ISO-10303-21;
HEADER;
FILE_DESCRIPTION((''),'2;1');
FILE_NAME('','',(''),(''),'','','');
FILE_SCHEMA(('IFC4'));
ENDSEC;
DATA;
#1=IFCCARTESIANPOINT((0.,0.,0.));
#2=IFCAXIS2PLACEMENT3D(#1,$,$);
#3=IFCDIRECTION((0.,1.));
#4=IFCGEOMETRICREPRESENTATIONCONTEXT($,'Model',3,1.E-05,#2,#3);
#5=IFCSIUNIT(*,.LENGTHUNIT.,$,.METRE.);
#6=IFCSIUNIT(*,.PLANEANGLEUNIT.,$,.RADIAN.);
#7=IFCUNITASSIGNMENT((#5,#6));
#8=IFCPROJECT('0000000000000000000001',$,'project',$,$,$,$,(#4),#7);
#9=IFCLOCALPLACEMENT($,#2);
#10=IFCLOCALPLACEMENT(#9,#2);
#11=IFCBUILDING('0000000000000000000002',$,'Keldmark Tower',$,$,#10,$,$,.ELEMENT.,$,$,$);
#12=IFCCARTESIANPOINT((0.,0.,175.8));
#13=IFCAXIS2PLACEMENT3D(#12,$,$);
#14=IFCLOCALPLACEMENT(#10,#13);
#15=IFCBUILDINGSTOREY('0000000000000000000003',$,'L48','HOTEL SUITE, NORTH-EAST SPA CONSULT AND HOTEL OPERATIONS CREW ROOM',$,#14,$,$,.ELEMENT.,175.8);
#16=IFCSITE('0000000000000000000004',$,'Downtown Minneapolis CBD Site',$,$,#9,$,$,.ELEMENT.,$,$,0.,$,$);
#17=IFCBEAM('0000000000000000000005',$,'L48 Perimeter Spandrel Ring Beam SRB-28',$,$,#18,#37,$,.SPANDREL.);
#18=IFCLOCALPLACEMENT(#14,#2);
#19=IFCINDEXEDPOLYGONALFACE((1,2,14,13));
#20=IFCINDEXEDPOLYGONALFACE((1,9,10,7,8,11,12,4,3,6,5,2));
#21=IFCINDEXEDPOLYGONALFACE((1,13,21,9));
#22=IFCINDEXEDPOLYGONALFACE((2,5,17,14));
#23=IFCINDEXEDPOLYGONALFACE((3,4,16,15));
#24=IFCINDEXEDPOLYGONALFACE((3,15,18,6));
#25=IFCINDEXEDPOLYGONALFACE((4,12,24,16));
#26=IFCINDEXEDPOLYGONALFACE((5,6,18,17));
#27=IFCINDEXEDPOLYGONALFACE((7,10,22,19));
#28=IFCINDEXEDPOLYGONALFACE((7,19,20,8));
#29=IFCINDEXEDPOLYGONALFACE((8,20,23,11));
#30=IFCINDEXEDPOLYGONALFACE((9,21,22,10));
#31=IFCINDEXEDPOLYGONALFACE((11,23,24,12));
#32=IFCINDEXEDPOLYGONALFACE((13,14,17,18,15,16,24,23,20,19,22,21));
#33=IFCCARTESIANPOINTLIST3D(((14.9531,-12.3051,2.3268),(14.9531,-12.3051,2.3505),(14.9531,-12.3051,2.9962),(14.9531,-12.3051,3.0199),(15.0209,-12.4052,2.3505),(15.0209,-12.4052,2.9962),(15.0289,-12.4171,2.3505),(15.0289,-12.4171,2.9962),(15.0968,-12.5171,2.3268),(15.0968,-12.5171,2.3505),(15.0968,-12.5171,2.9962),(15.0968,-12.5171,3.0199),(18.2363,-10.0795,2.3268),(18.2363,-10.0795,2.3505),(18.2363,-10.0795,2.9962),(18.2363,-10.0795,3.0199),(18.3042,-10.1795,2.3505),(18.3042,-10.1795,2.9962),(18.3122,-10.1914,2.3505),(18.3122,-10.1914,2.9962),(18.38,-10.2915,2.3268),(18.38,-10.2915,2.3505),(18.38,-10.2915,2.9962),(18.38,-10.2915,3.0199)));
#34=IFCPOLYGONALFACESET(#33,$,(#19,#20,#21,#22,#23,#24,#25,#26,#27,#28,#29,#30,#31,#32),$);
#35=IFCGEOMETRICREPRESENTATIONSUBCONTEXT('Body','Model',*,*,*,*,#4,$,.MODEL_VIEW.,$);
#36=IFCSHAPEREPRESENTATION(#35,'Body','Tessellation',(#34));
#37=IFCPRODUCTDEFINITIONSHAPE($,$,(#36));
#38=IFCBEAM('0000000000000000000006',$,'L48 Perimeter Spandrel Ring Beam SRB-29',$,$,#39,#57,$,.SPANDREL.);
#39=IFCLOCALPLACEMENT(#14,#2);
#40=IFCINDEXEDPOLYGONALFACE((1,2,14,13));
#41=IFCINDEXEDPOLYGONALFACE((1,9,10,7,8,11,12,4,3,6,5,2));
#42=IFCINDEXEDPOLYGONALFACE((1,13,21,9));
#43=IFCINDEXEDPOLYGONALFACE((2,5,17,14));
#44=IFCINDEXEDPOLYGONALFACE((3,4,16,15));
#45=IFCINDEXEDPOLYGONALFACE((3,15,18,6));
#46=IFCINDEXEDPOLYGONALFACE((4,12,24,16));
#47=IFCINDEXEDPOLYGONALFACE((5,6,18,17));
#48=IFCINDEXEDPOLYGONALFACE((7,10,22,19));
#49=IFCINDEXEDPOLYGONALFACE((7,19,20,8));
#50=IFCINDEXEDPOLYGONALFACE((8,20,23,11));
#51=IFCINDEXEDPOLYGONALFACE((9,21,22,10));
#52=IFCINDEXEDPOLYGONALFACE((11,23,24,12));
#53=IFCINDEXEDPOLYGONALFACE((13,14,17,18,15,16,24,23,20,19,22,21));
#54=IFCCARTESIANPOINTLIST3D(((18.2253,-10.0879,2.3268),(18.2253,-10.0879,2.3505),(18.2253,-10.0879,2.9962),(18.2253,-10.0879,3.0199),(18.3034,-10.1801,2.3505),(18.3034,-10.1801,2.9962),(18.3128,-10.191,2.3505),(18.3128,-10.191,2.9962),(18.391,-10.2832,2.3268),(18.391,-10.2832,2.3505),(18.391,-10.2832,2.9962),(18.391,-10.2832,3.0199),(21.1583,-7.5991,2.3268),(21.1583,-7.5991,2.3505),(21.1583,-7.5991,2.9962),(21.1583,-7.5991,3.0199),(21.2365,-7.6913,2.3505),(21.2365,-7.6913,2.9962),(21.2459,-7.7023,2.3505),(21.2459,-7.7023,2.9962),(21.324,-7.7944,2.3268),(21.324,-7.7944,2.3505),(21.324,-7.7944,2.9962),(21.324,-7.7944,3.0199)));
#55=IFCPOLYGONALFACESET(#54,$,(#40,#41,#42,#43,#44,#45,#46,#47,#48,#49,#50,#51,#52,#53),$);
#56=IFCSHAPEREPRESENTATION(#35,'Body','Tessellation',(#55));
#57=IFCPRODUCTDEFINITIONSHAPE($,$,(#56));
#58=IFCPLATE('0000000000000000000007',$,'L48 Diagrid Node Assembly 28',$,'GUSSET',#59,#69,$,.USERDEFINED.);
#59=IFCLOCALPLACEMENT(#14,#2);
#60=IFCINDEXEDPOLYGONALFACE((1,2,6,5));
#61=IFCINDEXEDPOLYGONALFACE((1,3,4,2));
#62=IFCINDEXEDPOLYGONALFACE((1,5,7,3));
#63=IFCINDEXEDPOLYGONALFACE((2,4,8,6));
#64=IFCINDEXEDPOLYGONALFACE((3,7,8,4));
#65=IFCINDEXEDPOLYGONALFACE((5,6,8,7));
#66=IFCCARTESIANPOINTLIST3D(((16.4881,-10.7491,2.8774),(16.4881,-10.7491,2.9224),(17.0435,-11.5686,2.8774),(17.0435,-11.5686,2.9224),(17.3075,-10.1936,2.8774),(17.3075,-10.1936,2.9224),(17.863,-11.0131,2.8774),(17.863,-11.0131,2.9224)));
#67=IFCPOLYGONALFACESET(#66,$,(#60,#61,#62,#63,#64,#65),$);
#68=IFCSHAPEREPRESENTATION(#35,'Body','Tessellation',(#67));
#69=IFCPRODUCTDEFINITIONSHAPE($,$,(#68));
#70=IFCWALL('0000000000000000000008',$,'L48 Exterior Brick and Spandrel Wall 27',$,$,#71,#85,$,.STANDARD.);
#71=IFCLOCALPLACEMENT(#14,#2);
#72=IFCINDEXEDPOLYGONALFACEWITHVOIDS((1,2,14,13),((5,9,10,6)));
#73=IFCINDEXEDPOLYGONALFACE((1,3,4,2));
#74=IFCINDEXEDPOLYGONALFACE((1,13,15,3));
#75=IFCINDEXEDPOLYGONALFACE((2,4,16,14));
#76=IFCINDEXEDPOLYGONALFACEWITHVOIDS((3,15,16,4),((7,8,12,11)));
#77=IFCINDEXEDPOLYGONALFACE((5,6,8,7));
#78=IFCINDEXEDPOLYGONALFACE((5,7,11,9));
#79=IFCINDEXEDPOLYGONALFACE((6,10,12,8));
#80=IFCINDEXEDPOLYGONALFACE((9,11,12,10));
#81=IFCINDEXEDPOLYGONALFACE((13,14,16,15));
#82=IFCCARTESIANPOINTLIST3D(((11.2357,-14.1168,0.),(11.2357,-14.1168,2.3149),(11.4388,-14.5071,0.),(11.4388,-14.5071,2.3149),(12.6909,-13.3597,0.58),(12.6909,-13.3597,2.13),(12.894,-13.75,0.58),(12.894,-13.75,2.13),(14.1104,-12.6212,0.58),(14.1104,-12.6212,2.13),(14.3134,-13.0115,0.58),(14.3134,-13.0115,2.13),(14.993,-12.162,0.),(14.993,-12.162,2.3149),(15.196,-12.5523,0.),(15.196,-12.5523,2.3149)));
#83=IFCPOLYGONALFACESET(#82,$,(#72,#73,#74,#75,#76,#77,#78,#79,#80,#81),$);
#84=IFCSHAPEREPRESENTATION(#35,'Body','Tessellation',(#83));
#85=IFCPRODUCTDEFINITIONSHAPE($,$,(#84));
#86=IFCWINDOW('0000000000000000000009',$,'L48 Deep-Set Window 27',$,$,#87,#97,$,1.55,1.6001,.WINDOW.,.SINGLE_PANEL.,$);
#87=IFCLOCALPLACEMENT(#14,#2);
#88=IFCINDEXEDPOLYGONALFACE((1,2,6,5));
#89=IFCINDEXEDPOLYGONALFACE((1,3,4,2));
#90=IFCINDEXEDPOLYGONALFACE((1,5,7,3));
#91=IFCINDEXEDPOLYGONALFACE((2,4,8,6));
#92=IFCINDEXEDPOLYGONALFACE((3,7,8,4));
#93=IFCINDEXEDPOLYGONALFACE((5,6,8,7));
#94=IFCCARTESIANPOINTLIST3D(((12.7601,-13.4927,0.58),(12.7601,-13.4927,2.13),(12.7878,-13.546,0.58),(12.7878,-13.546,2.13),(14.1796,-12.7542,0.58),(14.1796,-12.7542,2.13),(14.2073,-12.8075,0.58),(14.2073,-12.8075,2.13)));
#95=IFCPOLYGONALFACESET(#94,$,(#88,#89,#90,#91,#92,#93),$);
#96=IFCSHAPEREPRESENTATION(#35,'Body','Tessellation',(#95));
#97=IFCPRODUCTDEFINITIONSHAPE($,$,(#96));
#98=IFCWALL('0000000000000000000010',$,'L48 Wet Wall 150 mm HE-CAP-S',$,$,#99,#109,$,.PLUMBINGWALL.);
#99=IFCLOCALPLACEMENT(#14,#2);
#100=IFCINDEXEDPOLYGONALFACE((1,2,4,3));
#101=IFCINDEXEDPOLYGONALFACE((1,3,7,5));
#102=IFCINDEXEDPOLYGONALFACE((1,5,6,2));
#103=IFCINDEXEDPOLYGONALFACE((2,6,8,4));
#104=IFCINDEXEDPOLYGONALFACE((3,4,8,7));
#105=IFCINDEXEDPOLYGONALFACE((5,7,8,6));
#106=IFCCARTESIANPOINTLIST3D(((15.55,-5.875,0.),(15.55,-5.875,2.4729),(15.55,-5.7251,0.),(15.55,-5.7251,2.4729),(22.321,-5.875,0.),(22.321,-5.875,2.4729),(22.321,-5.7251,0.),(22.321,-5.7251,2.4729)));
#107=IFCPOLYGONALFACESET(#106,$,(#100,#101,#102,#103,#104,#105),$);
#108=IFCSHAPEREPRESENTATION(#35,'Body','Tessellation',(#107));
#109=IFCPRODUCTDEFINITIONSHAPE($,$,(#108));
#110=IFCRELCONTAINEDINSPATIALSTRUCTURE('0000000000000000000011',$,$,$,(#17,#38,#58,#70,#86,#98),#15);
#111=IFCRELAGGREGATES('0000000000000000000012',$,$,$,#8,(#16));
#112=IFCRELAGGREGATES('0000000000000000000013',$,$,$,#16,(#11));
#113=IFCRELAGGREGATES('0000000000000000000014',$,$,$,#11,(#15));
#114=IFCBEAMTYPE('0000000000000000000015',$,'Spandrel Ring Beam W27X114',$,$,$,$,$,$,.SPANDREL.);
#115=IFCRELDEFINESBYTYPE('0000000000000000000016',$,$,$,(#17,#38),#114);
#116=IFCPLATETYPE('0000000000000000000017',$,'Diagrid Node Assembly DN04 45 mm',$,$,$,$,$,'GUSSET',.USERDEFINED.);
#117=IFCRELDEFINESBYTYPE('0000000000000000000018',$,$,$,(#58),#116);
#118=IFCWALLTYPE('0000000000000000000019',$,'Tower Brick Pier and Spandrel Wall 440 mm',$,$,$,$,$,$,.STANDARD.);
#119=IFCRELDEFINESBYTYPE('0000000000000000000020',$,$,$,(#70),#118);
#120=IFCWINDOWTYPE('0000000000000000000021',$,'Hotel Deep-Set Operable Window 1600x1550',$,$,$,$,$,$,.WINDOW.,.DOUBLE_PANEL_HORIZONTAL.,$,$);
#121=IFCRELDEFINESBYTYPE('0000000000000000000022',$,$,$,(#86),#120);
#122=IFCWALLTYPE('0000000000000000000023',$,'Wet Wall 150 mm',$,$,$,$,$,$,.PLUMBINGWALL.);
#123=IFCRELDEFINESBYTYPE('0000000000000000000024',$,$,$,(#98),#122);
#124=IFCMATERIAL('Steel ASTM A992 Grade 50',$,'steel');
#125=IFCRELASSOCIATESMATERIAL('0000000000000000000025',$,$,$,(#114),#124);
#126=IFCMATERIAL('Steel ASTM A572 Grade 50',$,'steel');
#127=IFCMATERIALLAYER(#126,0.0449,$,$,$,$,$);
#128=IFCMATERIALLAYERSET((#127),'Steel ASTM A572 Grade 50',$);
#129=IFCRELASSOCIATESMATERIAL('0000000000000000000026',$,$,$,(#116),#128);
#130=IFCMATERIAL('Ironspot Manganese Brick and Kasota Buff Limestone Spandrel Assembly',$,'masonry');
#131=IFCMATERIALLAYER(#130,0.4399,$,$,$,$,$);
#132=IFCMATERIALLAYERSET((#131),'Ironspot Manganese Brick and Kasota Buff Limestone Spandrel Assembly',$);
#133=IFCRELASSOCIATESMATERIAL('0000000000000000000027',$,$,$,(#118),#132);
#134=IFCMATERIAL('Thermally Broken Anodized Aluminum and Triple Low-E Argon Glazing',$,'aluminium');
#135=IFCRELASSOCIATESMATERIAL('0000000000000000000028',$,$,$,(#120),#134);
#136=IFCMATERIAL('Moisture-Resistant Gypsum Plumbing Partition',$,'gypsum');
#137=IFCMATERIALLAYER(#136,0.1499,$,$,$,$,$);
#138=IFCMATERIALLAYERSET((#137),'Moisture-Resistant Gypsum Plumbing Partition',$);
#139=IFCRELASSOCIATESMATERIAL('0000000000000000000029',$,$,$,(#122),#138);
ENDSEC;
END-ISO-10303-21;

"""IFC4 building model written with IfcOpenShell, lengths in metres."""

from ifc_helpers import new_model, si_unit, direction, frame, frame_2d, origin, origin_2d, place, context, subcontext, project, spatial, rectangle, i_section, extrude, material, layer, layer_set, material_profile, profile_set, type_object, element, fill, save


model = new_model("IFC4")

# Units and contexts
model_context = context("Model", 3, precision=1e-05, world=origin(), true_north=direction((0.0, 1.0)))
body_context = subcontext(model_context, "Body", "Model", "MODEL_VIEW")
ifc_project = project(units=[si_unit("LENGTHUNIT", "METRE"), si_unit("PLANEANGLEUNIT", "RADIAN")], contexts=[model_context])

# Site, building, storey
site_placement = place(None, origin())
site = spatial("IfcSite", under=ifc_project, at=site_placement, Name="Downtown Minneapolis CBD Site", CompositionType="ELEMENT", RefElevation=0.0)
building_placement = place(site_placement, origin())
building = spatial("IfcBuilding", under=site, at=building_placement, Name="Keldmark Tower", CompositionType="ELEMENT")
storey_placement = place(building_placement, frame((0.0, 0.0, 175.8)))
storey = spatial("IfcBuildingStorey", under=building, at=storey_placement, Name="L48", Description="HOTEL SUITE, NORTH-EAST SPA CONSULT AND HOTEL OPERATIONS CREW ROOM", CompositionType="ELEMENT", Elevation=175.8)

# Beams
ifc_material_1 = material(Name="Steel ASTM A992 Grade 50", Category="steel")
ifc_material_profile_1 = material_profile(ifc_material_1, i_section(OverallWidth=0.2561, OverallDepth=0.6931, WebThickness=0.0144, FlangeThickness=0.0237, at=origin_2d()), Name="W27X114")
ifc_profile_set_1 = profile_set([ifc_material_profile_1], Name="Steel ASTM A992 Grade 50")
beam_type_1 = type_object("IfcBeamType", Name="Spandrel Ring Beam W27X114", PredefinedType="SPANDREL", material=ifc_profile_set_1)
beam_1_placement = place(storey_placement, frame((15.0249, -12.4111, 2.6733), z_axis=(0.827745, 0.561104, 0.0), x_axis=(-0.561104, 0.827745, 0.0)))
element("IfcBeam", 1, at=beam_1_placement, inside=storey, type_object=beam_type_1, Name="L48 Perimeter Spandrel Ring Beam SRB-28", PredefinedType="SPANDREL", context=body_context, shape_type="SweptSolid", body=[
    extrude(i_section(OverallWidth=0.2561, OverallDepth=0.6931, WebThickness=0.0144, FlangeThickness=0.0237, at=origin_2d()), origin(), (0.0, 0.0, 1.0), 3.9666),
])
beam_2_placement = place(storey_placement, frame((18.3081, -10.1855, 2.6733), z_axis=(0.7625, 0.646989, 0.0), x_axis=(-0.646989, 0.7625, 0.0)))
element("IfcBeam", 2, at=beam_2_placement, inside=storey, type_object=beam_type_1, Name="L48 Perimeter Spandrel Ring Beam SRB-29", PredefinedType="SPANDREL", context=body_context, shape_type="SweptSolid", body=[
    extrude(i_section(OverallWidth=0.2561, OverallDepth=0.6931, WebThickness=0.0144, FlangeThickness=0.0237, at=origin_2d()), origin(), (0.0, 0.0, 1.0), 3.8467),
])

# Plate
ifc_material_2 = material(Name="Steel ASTM A572 Grade 50", Category="steel")
ifc_layer_1 = layer(ifc_material_2, 0.0449)
ifc_layer_set_1 = layer_set([ifc_layer_1], Name="Steel ASTM A572 Grade 50")
plate_type = type_object("IfcPlateType", Name="Diagrid Node Assembly DN04 45 mm", ElementType="GUSSET", PredefinedType="USERDEFINED", material=ifc_layer_set_1)
plate_placement = place(storey_placement, frame((17.1755, -10.8811, 2.8774), z_axis=(0.0, 0.0, 1.0), x_axis=(0.827767, 0.561072, 0.0)))
element("IfcPlate", 3, at=plate_placement, inside=storey, type_object=plate_type, Name="L48 Diagrid Node Assembly 28", ObjectType="GUSSET", PredefinedType="USERDEFINED", context=body_context, shape_type="SweptSolid", body=[
    extrude(rectangle(XDim=0.99, YDim=0.99, at=origin_2d()), origin(), (0.0, 0.0, 1.0), 0.0449),
])

# Wall, opening, window
ifc_material_3 = material(Name="Ironspot Manganese Brick and Kasota Buff Limestone Spandrel Assembly", Category="masonry")
ifc_layer_2 = layer(ifc_material_3, 0.4399)
ifc_layer_set_2 = layer_set([ifc_layer_2], Name="Ironspot Manganese Brick and Kasota Buff Limestone Spandrel Assembly")
wall_type_1 = type_object("IfcWallType", Name="Tower Brick Pier and Spandrel Wall 440 mm", PredefinedType="STANDARD", material=ifc_layer_set_2)
wall_1_placement = place(storey_placement, frame((15.0945, -12.3572, 0.0), z_axis=(0.0, 0.0, 1.0), x_axis=(-0.887118, -0.461543, 0.0)))
wall_1 = element("IfcWall", 4, at=wall_1_placement, inside=storey, type_object=wall_type_1, Name="L48 Exterior Brick and Spandrel Wall 27", PredefinedType="STANDARD", context=body_context, shape_type="SweptSolid", body=[
    extrude(rectangle(XDim=4.2354, YDim=0.4399, at=frame_2d((2.1177, 0.0))), origin(), (0.0, 0.0, 1.0), 2.3149),
])
opening_1_placement = place(wall_1_placement, frame((0.9949, 0.0, 0.5801)))
opening_1 = element("IfcOpeningElement", 5, at=opening_1_placement, cuts=wall_1, PredefinedType="OPENING", context=body_context, shape_type="SweptSolid", body=[
    extrude(rectangle(XDim=1.6001, YDim=1.55, at=frame_2d((0.8, 0.7749))), frame((0.0, 0.23, 0.0), z_axis=(0.0, -1.0, 0.0), x_axis=(1.0, 0.0, 0.0)), (0.0, 0.0, 1.0), 0.46),
])
ifc_material_4 = material(Name="Thermally Broken Anodized Aluminum and Triple Low-E Argon Glazing", Category="aluminium")
window_type = type_object("IfcWindowType", Name="Hotel Deep-Set Operable Window 1600x1550", PartitioningType="DOUBLE_PANEL_HORIZONTAL", PredefinedType="WINDOW", material=ifc_material_4)
window_placement = place(opening_1_placement, origin())
window = element("IfcWindow", 6, at=window_placement, inside=storey, type_object=window_type, Name="L48 Deep-Set Window 27", OverallHeight=1.55, OverallWidth=1.6001, PartitioningType="SINGLE_PANEL", PredefinedType="WINDOW", context=body_context, shape_type="SweptSolid", body=[
    extrude(rectangle(XDim=1.6001, YDim=1.55, at=frame_2d((0.8, 0.7749))), frame((0.0, -0.01, 0.0), z_axis=(0.0, -1.0, 0.0), x_axis=(1.0, 0.0, 0.0)), (0.0, 0.0, 1.0), 0.0601),
])
fill(opening_1, window)

# Wall
ifc_material_5 = material(Name="Moisture-Resistant Gypsum Plumbing Partition", Category="gypsum")
ifc_layer_3 = layer(ifc_material_5, 0.1499)
ifc_layer_set_3 = layer_set([ifc_layer_3], Name="Moisture-Resistant Gypsum Plumbing Partition")
wall_type_2 = type_object("IfcWallType", Name="Wet Wall 150 mm", PredefinedType="PLUMBINGWALL", material=ifc_layer_set_3)
wall_2_placement = place(storey_placement, frame((15.55, -5.8, 0.0), z_axis=(0.0, 0.0, 1.0), x_axis=(1.0, 0.0, 0.0)))
element("IfcWall", 7, at=wall_2_placement, inside=storey, type_object=wall_type_2, Name="L48 Wet Wall 150 mm HE-CAP-S", PredefinedType="PLUMBINGWALL", context=body_context, shape_type="SweptSolid", body=[
    extrude(rectangle(XDim=6.771, YDim=0.1499, at=frame_2d((3.3855, 0.0))), origin(), (0.0, 0.0, 1.0), 2.4729),
])

save(model, "model.ifc")
